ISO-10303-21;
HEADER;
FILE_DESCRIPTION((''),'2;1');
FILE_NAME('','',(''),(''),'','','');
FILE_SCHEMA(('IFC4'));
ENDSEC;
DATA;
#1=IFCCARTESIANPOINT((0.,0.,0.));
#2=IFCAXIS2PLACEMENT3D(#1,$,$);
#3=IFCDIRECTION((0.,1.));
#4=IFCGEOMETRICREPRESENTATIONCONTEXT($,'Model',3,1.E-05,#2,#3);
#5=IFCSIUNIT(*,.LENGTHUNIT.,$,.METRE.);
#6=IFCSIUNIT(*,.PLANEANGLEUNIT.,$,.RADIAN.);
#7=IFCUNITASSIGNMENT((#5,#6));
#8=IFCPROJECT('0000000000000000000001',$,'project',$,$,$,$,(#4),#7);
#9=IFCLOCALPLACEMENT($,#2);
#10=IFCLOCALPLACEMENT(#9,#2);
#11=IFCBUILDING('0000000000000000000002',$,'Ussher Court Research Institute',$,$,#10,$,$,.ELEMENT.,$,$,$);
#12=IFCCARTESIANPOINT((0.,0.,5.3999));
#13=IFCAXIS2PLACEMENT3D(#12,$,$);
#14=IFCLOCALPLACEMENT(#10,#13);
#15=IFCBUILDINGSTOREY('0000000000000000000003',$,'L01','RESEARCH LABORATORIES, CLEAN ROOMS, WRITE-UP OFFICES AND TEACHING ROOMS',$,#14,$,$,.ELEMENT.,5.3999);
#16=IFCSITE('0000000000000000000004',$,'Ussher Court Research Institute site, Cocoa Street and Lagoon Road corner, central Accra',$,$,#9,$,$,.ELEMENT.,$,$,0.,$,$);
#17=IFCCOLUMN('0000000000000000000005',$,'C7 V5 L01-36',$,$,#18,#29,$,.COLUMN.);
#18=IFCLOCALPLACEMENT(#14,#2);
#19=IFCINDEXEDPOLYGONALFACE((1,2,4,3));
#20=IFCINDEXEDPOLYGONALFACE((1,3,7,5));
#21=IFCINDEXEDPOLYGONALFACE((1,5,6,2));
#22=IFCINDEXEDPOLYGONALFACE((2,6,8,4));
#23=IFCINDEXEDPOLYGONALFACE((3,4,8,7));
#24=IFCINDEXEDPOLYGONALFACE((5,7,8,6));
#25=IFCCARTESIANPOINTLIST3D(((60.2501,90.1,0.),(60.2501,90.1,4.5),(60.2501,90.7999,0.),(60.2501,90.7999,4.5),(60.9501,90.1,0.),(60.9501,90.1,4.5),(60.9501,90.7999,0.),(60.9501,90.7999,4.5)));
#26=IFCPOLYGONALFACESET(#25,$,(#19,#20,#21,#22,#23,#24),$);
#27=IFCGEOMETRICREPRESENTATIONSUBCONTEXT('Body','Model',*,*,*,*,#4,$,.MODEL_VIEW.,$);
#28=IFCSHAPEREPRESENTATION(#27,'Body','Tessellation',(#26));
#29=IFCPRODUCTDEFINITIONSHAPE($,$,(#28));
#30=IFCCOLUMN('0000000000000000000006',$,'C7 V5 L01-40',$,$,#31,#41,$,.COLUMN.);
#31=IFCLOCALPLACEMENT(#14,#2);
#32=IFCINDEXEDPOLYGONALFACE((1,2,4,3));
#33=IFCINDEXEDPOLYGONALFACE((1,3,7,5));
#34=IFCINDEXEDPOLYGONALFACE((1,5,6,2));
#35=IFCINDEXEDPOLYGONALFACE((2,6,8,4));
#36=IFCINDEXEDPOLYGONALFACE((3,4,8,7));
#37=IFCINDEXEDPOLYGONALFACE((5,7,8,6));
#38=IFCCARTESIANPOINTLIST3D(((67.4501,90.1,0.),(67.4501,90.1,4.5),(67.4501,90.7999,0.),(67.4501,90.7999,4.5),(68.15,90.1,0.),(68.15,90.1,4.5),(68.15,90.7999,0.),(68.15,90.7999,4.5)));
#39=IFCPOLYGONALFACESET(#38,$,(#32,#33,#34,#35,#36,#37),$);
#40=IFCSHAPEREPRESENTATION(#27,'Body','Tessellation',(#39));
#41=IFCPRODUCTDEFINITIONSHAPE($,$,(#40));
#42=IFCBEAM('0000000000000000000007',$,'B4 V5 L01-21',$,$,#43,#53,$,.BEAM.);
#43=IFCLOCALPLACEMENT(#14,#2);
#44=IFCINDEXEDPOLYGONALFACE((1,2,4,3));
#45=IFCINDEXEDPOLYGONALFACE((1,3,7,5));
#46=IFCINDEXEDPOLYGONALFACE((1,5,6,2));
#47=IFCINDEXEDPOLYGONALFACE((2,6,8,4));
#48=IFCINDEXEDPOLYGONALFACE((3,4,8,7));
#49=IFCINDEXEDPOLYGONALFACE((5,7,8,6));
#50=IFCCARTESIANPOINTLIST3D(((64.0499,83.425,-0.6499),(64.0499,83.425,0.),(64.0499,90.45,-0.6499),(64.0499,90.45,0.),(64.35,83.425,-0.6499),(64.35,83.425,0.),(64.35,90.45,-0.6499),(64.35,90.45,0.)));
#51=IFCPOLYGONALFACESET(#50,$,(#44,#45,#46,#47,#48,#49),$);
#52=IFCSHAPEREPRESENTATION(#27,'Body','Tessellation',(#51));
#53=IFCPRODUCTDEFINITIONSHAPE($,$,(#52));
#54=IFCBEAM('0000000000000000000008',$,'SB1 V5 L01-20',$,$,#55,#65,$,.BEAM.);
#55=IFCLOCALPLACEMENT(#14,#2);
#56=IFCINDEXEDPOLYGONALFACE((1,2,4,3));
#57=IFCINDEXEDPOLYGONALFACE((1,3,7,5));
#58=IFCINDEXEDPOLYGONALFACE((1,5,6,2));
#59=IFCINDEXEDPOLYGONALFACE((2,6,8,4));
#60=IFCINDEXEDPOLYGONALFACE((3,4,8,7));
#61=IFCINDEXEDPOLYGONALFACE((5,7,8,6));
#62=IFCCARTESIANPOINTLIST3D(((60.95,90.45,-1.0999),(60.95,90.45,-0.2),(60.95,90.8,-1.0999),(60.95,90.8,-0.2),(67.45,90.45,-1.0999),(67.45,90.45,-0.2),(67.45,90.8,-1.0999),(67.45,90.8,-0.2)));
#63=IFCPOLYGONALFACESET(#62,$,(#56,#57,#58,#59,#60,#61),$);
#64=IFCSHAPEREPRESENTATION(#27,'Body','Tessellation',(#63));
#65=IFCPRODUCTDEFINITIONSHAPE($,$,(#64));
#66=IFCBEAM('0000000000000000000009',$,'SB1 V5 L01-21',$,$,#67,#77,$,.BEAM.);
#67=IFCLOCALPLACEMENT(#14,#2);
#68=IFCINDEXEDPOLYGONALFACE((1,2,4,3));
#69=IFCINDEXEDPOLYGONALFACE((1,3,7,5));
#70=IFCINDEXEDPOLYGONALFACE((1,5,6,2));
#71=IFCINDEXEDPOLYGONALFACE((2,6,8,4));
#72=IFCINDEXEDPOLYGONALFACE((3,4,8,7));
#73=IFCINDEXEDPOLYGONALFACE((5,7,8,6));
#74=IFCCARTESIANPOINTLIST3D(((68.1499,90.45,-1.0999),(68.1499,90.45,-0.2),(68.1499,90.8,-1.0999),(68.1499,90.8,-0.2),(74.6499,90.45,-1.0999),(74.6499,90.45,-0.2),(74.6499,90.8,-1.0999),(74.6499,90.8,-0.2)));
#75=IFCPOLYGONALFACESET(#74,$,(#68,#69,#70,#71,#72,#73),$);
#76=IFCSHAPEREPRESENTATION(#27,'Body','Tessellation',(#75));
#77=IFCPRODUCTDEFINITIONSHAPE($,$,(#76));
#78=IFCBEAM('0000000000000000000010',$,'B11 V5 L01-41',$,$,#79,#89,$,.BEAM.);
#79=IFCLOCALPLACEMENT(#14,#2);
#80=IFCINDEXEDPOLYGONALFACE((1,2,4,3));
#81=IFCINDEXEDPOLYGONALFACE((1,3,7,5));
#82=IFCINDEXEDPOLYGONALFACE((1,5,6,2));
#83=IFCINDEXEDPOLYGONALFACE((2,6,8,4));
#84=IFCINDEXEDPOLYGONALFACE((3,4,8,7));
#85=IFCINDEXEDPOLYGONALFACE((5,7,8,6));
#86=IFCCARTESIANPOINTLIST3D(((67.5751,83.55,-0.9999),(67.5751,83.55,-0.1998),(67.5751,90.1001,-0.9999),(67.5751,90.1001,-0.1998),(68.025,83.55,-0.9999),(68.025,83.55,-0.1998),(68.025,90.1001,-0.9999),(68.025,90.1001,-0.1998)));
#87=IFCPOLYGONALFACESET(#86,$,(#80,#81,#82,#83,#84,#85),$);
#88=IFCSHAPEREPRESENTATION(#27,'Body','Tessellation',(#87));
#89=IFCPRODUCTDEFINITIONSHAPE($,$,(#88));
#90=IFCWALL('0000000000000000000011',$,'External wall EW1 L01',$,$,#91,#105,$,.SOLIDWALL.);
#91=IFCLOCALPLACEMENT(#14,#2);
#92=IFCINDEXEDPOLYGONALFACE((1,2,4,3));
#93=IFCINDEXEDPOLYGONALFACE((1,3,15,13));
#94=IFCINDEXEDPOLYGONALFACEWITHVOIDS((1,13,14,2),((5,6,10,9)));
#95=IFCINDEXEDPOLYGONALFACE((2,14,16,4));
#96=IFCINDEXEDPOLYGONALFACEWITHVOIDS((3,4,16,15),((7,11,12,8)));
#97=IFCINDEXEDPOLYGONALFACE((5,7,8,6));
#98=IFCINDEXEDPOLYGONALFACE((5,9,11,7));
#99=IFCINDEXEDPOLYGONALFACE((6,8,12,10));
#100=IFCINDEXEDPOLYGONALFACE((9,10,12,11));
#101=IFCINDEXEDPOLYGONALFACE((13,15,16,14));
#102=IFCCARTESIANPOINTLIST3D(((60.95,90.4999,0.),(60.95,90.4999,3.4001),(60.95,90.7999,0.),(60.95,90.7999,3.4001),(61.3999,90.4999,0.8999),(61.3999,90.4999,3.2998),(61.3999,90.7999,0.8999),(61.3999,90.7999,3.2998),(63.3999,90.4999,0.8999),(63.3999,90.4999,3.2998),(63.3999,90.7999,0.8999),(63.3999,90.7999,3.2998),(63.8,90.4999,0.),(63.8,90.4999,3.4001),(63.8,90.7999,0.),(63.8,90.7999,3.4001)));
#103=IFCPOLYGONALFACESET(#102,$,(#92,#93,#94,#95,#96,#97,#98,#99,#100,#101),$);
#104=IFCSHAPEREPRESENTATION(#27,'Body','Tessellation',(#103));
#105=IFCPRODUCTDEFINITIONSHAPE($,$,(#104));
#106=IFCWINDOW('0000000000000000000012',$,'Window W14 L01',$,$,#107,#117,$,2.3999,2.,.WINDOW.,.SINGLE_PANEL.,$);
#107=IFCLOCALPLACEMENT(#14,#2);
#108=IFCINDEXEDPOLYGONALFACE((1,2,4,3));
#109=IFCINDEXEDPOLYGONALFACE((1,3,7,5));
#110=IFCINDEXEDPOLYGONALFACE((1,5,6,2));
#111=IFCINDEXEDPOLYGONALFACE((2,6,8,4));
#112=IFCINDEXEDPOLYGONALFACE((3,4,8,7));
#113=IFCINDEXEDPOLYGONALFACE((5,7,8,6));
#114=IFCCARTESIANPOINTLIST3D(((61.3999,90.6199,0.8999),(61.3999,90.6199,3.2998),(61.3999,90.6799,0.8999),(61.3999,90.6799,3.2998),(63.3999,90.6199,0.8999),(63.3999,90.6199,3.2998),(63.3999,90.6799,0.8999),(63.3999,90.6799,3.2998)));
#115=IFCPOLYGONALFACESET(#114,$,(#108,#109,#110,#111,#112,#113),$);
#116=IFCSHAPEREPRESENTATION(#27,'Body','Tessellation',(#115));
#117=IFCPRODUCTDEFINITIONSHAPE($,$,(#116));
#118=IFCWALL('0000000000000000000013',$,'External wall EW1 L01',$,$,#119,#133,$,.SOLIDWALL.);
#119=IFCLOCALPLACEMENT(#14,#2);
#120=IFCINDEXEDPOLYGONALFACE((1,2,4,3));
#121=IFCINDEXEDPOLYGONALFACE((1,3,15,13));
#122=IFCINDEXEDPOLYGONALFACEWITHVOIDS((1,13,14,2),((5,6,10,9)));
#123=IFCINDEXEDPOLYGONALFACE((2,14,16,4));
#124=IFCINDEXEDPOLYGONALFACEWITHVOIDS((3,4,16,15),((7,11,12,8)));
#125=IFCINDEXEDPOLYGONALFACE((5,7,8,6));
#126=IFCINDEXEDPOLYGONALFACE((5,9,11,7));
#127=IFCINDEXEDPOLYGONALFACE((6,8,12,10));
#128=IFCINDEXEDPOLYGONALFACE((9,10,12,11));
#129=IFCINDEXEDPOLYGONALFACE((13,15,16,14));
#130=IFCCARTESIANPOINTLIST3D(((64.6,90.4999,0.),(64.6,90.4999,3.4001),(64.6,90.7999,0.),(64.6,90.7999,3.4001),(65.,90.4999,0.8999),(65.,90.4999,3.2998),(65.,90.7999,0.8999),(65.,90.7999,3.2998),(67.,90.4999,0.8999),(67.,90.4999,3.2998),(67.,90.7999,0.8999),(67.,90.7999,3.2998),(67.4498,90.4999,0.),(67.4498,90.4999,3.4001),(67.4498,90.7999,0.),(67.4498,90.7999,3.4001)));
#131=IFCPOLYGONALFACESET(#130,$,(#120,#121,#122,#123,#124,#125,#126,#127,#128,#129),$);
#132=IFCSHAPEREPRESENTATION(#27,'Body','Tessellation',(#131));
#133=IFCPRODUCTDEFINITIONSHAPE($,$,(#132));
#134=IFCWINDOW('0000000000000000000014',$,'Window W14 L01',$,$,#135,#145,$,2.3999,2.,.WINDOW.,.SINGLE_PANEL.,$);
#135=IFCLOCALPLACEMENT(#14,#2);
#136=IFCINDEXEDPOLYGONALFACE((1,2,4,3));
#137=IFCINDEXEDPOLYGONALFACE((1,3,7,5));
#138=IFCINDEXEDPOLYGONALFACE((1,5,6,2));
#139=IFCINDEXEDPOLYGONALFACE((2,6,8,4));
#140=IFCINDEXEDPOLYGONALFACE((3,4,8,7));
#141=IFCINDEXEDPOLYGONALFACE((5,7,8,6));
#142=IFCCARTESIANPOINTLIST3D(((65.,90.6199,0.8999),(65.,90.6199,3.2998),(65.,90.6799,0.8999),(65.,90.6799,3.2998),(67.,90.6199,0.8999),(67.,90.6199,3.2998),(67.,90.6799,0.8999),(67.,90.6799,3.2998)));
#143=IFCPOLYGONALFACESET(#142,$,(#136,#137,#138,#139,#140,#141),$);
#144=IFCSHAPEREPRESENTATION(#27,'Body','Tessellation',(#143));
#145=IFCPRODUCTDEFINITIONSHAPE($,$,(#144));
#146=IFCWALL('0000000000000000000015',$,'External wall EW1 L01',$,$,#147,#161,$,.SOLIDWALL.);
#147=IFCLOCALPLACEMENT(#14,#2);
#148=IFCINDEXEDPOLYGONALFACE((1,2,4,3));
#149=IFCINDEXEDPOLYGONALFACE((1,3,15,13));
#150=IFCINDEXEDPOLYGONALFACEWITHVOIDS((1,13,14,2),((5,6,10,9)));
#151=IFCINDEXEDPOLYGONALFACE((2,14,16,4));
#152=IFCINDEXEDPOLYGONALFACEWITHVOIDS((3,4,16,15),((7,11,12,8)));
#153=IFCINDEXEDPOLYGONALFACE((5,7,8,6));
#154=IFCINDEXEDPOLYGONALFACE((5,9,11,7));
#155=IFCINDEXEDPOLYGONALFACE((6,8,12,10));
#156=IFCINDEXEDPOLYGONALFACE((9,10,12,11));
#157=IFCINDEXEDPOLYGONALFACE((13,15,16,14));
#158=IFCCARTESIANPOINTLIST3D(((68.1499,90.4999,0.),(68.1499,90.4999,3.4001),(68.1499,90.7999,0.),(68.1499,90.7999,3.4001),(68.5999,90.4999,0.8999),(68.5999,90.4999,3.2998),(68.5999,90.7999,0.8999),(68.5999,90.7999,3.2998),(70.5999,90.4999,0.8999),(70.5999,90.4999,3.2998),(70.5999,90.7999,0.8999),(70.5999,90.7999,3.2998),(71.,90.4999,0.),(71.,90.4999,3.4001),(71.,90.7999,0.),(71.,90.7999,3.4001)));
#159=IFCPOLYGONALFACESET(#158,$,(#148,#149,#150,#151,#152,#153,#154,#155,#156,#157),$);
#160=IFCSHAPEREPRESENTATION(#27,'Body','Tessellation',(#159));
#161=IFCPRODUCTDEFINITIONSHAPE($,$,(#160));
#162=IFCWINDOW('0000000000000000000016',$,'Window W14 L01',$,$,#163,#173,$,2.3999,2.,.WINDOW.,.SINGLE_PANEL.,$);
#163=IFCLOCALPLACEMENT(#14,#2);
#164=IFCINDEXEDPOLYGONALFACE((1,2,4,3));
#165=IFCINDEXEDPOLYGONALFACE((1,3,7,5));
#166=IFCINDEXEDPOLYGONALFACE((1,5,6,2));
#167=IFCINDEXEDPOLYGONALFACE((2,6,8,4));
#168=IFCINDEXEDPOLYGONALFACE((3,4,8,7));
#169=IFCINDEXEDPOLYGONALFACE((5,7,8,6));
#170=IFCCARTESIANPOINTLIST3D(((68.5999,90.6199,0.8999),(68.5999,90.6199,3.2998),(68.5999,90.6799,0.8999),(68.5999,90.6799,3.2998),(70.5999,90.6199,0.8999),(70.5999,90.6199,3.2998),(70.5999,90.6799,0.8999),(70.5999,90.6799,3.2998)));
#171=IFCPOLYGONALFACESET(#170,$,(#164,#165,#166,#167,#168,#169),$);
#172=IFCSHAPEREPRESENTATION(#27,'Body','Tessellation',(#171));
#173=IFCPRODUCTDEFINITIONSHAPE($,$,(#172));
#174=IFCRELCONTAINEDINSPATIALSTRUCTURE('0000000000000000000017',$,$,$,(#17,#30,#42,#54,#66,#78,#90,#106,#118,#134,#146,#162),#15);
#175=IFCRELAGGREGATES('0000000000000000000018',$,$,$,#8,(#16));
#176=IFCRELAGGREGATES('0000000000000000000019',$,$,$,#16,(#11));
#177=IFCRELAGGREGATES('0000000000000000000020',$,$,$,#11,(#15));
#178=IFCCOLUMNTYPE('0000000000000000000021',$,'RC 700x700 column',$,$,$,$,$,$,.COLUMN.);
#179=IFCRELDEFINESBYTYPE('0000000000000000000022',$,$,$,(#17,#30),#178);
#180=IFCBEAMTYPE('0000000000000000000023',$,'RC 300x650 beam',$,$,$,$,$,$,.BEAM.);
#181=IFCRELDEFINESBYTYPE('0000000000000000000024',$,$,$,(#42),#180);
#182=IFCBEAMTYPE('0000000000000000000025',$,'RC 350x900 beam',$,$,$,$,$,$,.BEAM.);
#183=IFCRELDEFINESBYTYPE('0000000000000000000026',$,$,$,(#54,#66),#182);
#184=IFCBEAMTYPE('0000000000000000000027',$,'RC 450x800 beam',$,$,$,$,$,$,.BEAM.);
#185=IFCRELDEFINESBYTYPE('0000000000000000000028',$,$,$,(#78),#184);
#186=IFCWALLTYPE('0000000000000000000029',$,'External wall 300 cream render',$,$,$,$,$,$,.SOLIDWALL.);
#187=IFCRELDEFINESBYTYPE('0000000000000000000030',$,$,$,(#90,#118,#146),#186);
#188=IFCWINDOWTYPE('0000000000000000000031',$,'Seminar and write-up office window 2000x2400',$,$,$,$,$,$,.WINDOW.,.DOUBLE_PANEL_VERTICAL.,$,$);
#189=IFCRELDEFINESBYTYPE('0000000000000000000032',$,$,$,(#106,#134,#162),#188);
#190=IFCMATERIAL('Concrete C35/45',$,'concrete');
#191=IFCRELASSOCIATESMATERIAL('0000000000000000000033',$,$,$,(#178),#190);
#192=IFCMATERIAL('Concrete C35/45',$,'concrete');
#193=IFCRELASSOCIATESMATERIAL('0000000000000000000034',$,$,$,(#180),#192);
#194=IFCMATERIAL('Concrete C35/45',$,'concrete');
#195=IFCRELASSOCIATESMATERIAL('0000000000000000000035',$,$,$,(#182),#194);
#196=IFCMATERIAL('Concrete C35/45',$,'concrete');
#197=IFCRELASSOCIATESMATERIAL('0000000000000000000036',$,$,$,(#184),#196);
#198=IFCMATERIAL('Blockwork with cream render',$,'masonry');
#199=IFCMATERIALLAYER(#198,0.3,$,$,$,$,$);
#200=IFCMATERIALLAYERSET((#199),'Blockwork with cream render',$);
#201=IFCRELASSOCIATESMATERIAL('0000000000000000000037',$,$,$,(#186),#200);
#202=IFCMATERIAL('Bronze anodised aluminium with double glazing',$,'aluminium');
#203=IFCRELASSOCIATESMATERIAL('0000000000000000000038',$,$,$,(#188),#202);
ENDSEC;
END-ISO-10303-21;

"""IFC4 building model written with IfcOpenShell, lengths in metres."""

from ifc_helpers import new_model, si_unit, direction, frame, frame_2d, origin, origin_2d, place, context, subcontext, project, spatial, rectangle, extrude, material, layer, layer_set, material_profile, profile_set, type_object, element, fill, save


model = new_model("IFC4")

# Units and contexts
model_context = context("Model", 3, precision=1e-05, world=origin(), true_north=direction((0.0, 1.0)))
body_context = subcontext(model_context, "Body", "Model", "MODEL_VIEW")
ifc_project = project(units=[si_unit("LENGTHUNIT", "METRE"), si_unit("PLANEANGLEUNIT", "RADIAN")], contexts=[model_context])

# Site, building, storey
site_placement = place(None, origin())
site = spatial("IfcSite", under=ifc_project, at=site_placement, Name="Ussher Court Research Institute site, Cocoa Street and Lagoon Road corner, central Accra", CompositionType="ELEMENT", RefElevation=0.0)
building_placement = place(site_placement, origin())
building = spatial("IfcBuilding", under=site, at=building_placement, Name="Ussher Court Research Institute", CompositionType="ELEMENT")
storey_placement = place(building_placement, frame((0.0, 0.0, 5.3999)))
storey = spatial("IfcBuildingStorey", under=building, at=storey_placement, Name="L01", Description="RESEARCH LABORATORIES, CLEAN ROOMS, WRITE-UP OFFICES AND TEACHING ROOMS", CompositionType="ELEMENT", Elevation=5.3999)

# Columns
ifc_material_1 = material(Name="Concrete C35/45", Category="concrete")
ifc_material_profile_1 = material_profile(ifc_material_1, rectangle(XDim=0.7, YDim=0.7, at=origin_2d()), Name="RC 700x700")
ifc_profile_set_1 = profile_set([ifc_material_profile_1], Name="Concrete C35/45")
column_type = type_object("IfcColumnType", Name="RC 700x700 column", PredefinedType="COLUMN", material=ifc_profile_set_1)
for number, where, z_axis, x_axis, name in (
    (1, (60.6001, 90.45, 0.0), (0.0, 0.0, 1.0), (1.0, 0.0, 0.0), "C7 V5 L01-36"),
    (2, (67.8, 90.45, 0.0), (0.0, 0.0, 1.0), (1.0, 0.0, 0.0), "C7 V5 L01-40"),
):
    element("IfcColumn", number, at=place(storey_placement, frame(where, z_axis=z_axis, x_axis=x_axis)), inside=storey, type_object=column_type, Name=name, PredefinedType="COLUMN", context=body_context, shape_type="SweptSolid", body=[
        extrude(rectangle(XDim=0.7, YDim=0.7, at=origin_2d()), origin(), (0.0, 0.0, 1.0), 4.5),
    ])

# Beams
ifc_material_2 = material(Name="Concrete C35/45", Category="concrete")
ifc_material_profile_2 = material_profile(ifc_material_2, rectangle(XDim=0.3, YDim=0.6499, at=origin_2d()), Name="RC 300x650")
ifc_profile_set_2 = profile_set([ifc_material_profile_2], Name="Concrete C35/45")
beam_type_1 = type_object("IfcBeamType", Name="RC 300x650 beam", PredefinedType="BEAM", material=ifc_profile_set_2)
beam_1_placement = place(storey_placement, frame((64.2, 83.425, -0.325), z_axis=(0.0, 1.0, 0.0), x_axis=(-1.0, 0.0, 0.0)))
element("IfcBeam", 3, at=beam_1_placement, inside=storey, type_object=beam_type_1, Name="B4 V5 L01-21", PredefinedType="BEAM", context=body_context, shape_type="SweptSolid", body=[
    extrude(rectangle(XDim=0.3, YDim=0.6499, at=origin_2d()), origin(), (0.0, 0.0, 1.0), 7.0249),
])
ifc_material_3 = material(Name="Concrete C35/45", Category="concrete")
ifc_material_profile_3 = material_profile(ifc_material_3, rectangle(XDim=0.3501, YDim=0.8999, at=origin_2d()), Name="RC 350x900")
ifc_profile_set_3 = profile_set([ifc_material_profile_3], Name="Concrete C35/45")
beam_type_2 = type_object("IfcBeamType", Name="RC 350x900 beam", PredefinedType="BEAM", material=ifc_profile_set_3)
for number, where, z_axis, x_axis, name in (
    (4, (60.95, 90.625, -0.6499), (1.0, 0.0, 0.0), (0.0, 1.0, 0.0), "SB1 V5 L01-20"),
    (5, (68.1499, 90.625, -0.6499), (1.0, 0.0, 0.0), (0.0, 1.0, 0.0), "SB1 V5 L01-21"),
):
    element("IfcBeam", number, at=place(storey_placement, frame(where, z_axis=z_axis, x_axis=x_axis)), inside=storey, type_object=beam_type_2, Name=name, PredefinedType="BEAM", context=body_context, shape_type="SweptSolid", body=[
        extrude(rectangle(XDim=0.3501, YDim=0.8999, at=origin_2d()), origin(), (0.0, 0.0, 1.0), 6.5),
    ])
ifc_material_4 = material(Name="Concrete C35/45", Category="concrete")
ifc_material_profile_4 = material_profile(ifc_material_4, rectangle(XDim=0.45, YDim=0.8, at=origin_2d()), Name="RC 450x800")
ifc_profile_set_4 = profile_set([ifc_material_profile_4], Name="Concrete C35/45")
beam_type_3 = type_object("IfcBeamType", Name="RC 450x800 beam", PredefinedType="BEAM", material=ifc_profile_set_4)
beam_2_placement = place(storey_placement, frame((67.8, 83.55, -0.5999), z_axis=(0.0, 1.0, 0.0), x_axis=(-1.0, 0.0, 0.0)))
element("IfcBeam", 6, at=beam_2_placement, inside=storey, type_object=beam_type_3, Name="B11 V5 L01-41", PredefinedType="BEAM", context=body_context, shape_type="SweptSolid", body=[
    extrude(rectangle(XDim=0.45, YDim=0.8, at=origin_2d()), origin(), (0.0, 0.0, 1.0), 6.55),
])

# Walls, openings, windows
ifc_material_5 = material(Name="Blockwork with cream render", Category="masonry")
ifc_layer_1 = layer(ifc_material_5, 0.3)
ifc_layer_set_1 = layer_set([ifc_layer_1], Name="Blockwork with cream render")
wall_type_1 = type_object("IfcWallType", Name="External wall 300 cream render", PredefinedType="SOLIDWALL", material=ifc_layer_set_1)
wall_1_placement = place(storey_placement, frame((60.95, 90.6499, 0.0), z_axis=(0.0, 0.0, 1.0), x_axis=(1.0, 0.0, 0.0)))
wall_1 = element("IfcWall", 7, at=wall_1_placement, inside=storey, type_object=wall_type_1, Name="External wall EW1 L01", PredefinedType="SOLIDWALL", context=body_context, shape_type="SweptSolid", body=[
    extrude(rectangle(XDim=2.8501, YDim=0.3, at=frame_2d((1.425, 0.0))), origin(), (0.0, 0.0, 1.0), 3.4001),
])
opening_1_placement = place(wall_1_placement, frame((0.45, 0.0, 0.8999)))
opening_1 = element("IfcOpeningElement", 8, at=opening_1_placement, cuts=wall_1, PredefinedType="OPENING", context=body_context, shape_type="SweptSolid", body=[
    extrude(rectangle(XDim=2.0, YDim=2.3999, at=frame_2d((1.0, 1.2))), frame((0.0, 0.1602, 0.0), z_axis=(0.0, -1.0, 0.0), x_axis=(1.0, 0.0, 0.0)), (0.0, 0.0, 1.0), 0.3201),
])
ifc_material_6 = material(Name="Bronze anodised aluminium with double glazing", Category="aluminium")
window_type = type_object("IfcWindowType", Name="Seminar and write-up office window 2000x2400", PartitioningType="DOUBLE_PANEL_VERTICAL", PredefinedType="WINDOW", material=ifc_material_6)
window_1_placement = place(opening_1_placement, origin())
window_1 = element("IfcWindow", 9, at=window_1_placement, inside=storey, type_object=window_type, Name="Window W14 L01", OverallHeight=2.3999, OverallWidth=2.0, PartitioningType="SINGLE_PANEL", PredefinedType="WINDOW", context=body_context, shape_type="SweptSolid", body=[
    extrude(rectangle(XDim=2.0, YDim=2.3999, at=frame_2d((1.0, 1.2))), frame((0.0, 0.03, 0.0), z_axis=(0.0, -1.0, 0.0), x_axis=(1.0, 0.0, 0.0)), (0.0, 0.0, 1.0), 0.0601),
])
fill(opening_1, window_1)
wall_2_placement = place(storey_placement, frame((64.6001, 90.6499, 0.0), z_axis=(0.0, 0.0, 1.0), x_axis=(1.0, 0.0, 0.0)))
wall_2 = element("IfcWall", 10, at=wall_2_placement, inside=storey, type_object=wall_type_1, Name="External wall EW1 L01", PredefinedType="SOLIDWALL", context=body_context, shape_type="SweptSolid", body=[
    extrude(rectangle(XDim=2.8499, YDim=0.3, at=frame_2d((1.4248, 0.0))), origin(), (0.0, 0.0, 1.0), 3.4001),
])
opening_2_placement = place(wall_2_placement, frame((0.3999, 0.0, 0.8999)))
opening_2 = element("IfcOpeningElement", 11, at=opening_2_placement, cuts=wall_2, PredefinedType="OPENING", context=body_context, shape_type="SweptSolid", body=[
    extrude(rectangle(XDim=2.0, YDim=2.3999, at=frame_2d((1.0, 1.2))), frame((0.0, 0.1602, 0.0), z_axis=(0.0, -1.0, 0.0), x_axis=(1.0, 0.0, 0.0)), (0.0, 0.0, 1.0), 0.3201),
])
window_2_placement = place(opening_2_placement, origin())
window_2 = element("IfcWindow", 12, at=window_2_placement, inside=storey, type_object=window_type, Name="Window W14 L01", OverallHeight=2.3999, OverallWidth=2.0, PartitioningType="SINGLE_PANEL", PredefinedType="WINDOW", context=body_context, shape_type="SweptSolid", body=[
    extrude(rectangle(XDim=2.0, YDim=2.3999, at=frame_2d((1.0, 1.2))), frame((0.0, 0.03, 0.0), z_axis=(0.0, -1.0, 0.0), x_axis=(1.0, 0.0, 0.0)), (0.0, 0.0, 1.0), 0.0601),
])
fill(opening_2, window_2)
wall_3_placement = place(storey_placement, frame((68.1499, 90.6499, 0.0), z_axis=(0.0, 0.0, 1.0), x_axis=(1.0, 0.0, 0.0)))
wall_3 = element("IfcWall", 13, at=wall_3_placement, inside=storey, type_object=wall_type_1, Name="External wall EW1 L01", PredefinedType="SOLIDWALL", context=body_context, shape_type="SweptSolid", body=[
    extrude(rectangle(XDim=2.8501, YDim=0.3, at=frame_2d((1.425, 0.0))), origin(), (0.0, 0.0, 1.0), 3.4001),
])
opening_3_placement = place(wall_3_placement, frame((0.45, 0.0, 0.8999)))
opening_3 = element("IfcOpeningElement", 14, at=opening_3_placement, cuts=wall_3, PredefinedType="OPENING", context=body_context, shape_type="SweptSolid", body=[
    extrude(rectangle(XDim=2.0, YDim=2.3999, at=frame_2d((1.0, 1.2))), frame((0.0, 0.1602, 0.0), z_axis=(0.0, -1.0, 0.0), x_axis=(1.0, 0.0, 0.0)), (0.0, 0.0, 1.0), 0.3201),
])
window_3_placement = place(opening_3_placement, origin())
window_3 = element("IfcWindow", 15, at=window_3_placement, inside=storey, type_object=window_type, Name="Window W14 L01", OverallHeight=2.3999, OverallWidth=2.0, PartitioningType="SINGLE_PANEL", PredefinedType="WINDOW", context=body_context, shape_type="SweptSolid", body=[
    extrude(rectangle(XDim=2.0, YDim=2.3999, at=frame_2d((1.0, 1.2))), frame((0.0, 0.03, 0.0), z_axis=(0.0, -1.0, 0.0), x_axis=(1.0, 0.0, 0.0)), (0.0, 0.0, 1.0), 0.0601),
])
fill(opening_3, window_3)

save(model, "model.ifc")
